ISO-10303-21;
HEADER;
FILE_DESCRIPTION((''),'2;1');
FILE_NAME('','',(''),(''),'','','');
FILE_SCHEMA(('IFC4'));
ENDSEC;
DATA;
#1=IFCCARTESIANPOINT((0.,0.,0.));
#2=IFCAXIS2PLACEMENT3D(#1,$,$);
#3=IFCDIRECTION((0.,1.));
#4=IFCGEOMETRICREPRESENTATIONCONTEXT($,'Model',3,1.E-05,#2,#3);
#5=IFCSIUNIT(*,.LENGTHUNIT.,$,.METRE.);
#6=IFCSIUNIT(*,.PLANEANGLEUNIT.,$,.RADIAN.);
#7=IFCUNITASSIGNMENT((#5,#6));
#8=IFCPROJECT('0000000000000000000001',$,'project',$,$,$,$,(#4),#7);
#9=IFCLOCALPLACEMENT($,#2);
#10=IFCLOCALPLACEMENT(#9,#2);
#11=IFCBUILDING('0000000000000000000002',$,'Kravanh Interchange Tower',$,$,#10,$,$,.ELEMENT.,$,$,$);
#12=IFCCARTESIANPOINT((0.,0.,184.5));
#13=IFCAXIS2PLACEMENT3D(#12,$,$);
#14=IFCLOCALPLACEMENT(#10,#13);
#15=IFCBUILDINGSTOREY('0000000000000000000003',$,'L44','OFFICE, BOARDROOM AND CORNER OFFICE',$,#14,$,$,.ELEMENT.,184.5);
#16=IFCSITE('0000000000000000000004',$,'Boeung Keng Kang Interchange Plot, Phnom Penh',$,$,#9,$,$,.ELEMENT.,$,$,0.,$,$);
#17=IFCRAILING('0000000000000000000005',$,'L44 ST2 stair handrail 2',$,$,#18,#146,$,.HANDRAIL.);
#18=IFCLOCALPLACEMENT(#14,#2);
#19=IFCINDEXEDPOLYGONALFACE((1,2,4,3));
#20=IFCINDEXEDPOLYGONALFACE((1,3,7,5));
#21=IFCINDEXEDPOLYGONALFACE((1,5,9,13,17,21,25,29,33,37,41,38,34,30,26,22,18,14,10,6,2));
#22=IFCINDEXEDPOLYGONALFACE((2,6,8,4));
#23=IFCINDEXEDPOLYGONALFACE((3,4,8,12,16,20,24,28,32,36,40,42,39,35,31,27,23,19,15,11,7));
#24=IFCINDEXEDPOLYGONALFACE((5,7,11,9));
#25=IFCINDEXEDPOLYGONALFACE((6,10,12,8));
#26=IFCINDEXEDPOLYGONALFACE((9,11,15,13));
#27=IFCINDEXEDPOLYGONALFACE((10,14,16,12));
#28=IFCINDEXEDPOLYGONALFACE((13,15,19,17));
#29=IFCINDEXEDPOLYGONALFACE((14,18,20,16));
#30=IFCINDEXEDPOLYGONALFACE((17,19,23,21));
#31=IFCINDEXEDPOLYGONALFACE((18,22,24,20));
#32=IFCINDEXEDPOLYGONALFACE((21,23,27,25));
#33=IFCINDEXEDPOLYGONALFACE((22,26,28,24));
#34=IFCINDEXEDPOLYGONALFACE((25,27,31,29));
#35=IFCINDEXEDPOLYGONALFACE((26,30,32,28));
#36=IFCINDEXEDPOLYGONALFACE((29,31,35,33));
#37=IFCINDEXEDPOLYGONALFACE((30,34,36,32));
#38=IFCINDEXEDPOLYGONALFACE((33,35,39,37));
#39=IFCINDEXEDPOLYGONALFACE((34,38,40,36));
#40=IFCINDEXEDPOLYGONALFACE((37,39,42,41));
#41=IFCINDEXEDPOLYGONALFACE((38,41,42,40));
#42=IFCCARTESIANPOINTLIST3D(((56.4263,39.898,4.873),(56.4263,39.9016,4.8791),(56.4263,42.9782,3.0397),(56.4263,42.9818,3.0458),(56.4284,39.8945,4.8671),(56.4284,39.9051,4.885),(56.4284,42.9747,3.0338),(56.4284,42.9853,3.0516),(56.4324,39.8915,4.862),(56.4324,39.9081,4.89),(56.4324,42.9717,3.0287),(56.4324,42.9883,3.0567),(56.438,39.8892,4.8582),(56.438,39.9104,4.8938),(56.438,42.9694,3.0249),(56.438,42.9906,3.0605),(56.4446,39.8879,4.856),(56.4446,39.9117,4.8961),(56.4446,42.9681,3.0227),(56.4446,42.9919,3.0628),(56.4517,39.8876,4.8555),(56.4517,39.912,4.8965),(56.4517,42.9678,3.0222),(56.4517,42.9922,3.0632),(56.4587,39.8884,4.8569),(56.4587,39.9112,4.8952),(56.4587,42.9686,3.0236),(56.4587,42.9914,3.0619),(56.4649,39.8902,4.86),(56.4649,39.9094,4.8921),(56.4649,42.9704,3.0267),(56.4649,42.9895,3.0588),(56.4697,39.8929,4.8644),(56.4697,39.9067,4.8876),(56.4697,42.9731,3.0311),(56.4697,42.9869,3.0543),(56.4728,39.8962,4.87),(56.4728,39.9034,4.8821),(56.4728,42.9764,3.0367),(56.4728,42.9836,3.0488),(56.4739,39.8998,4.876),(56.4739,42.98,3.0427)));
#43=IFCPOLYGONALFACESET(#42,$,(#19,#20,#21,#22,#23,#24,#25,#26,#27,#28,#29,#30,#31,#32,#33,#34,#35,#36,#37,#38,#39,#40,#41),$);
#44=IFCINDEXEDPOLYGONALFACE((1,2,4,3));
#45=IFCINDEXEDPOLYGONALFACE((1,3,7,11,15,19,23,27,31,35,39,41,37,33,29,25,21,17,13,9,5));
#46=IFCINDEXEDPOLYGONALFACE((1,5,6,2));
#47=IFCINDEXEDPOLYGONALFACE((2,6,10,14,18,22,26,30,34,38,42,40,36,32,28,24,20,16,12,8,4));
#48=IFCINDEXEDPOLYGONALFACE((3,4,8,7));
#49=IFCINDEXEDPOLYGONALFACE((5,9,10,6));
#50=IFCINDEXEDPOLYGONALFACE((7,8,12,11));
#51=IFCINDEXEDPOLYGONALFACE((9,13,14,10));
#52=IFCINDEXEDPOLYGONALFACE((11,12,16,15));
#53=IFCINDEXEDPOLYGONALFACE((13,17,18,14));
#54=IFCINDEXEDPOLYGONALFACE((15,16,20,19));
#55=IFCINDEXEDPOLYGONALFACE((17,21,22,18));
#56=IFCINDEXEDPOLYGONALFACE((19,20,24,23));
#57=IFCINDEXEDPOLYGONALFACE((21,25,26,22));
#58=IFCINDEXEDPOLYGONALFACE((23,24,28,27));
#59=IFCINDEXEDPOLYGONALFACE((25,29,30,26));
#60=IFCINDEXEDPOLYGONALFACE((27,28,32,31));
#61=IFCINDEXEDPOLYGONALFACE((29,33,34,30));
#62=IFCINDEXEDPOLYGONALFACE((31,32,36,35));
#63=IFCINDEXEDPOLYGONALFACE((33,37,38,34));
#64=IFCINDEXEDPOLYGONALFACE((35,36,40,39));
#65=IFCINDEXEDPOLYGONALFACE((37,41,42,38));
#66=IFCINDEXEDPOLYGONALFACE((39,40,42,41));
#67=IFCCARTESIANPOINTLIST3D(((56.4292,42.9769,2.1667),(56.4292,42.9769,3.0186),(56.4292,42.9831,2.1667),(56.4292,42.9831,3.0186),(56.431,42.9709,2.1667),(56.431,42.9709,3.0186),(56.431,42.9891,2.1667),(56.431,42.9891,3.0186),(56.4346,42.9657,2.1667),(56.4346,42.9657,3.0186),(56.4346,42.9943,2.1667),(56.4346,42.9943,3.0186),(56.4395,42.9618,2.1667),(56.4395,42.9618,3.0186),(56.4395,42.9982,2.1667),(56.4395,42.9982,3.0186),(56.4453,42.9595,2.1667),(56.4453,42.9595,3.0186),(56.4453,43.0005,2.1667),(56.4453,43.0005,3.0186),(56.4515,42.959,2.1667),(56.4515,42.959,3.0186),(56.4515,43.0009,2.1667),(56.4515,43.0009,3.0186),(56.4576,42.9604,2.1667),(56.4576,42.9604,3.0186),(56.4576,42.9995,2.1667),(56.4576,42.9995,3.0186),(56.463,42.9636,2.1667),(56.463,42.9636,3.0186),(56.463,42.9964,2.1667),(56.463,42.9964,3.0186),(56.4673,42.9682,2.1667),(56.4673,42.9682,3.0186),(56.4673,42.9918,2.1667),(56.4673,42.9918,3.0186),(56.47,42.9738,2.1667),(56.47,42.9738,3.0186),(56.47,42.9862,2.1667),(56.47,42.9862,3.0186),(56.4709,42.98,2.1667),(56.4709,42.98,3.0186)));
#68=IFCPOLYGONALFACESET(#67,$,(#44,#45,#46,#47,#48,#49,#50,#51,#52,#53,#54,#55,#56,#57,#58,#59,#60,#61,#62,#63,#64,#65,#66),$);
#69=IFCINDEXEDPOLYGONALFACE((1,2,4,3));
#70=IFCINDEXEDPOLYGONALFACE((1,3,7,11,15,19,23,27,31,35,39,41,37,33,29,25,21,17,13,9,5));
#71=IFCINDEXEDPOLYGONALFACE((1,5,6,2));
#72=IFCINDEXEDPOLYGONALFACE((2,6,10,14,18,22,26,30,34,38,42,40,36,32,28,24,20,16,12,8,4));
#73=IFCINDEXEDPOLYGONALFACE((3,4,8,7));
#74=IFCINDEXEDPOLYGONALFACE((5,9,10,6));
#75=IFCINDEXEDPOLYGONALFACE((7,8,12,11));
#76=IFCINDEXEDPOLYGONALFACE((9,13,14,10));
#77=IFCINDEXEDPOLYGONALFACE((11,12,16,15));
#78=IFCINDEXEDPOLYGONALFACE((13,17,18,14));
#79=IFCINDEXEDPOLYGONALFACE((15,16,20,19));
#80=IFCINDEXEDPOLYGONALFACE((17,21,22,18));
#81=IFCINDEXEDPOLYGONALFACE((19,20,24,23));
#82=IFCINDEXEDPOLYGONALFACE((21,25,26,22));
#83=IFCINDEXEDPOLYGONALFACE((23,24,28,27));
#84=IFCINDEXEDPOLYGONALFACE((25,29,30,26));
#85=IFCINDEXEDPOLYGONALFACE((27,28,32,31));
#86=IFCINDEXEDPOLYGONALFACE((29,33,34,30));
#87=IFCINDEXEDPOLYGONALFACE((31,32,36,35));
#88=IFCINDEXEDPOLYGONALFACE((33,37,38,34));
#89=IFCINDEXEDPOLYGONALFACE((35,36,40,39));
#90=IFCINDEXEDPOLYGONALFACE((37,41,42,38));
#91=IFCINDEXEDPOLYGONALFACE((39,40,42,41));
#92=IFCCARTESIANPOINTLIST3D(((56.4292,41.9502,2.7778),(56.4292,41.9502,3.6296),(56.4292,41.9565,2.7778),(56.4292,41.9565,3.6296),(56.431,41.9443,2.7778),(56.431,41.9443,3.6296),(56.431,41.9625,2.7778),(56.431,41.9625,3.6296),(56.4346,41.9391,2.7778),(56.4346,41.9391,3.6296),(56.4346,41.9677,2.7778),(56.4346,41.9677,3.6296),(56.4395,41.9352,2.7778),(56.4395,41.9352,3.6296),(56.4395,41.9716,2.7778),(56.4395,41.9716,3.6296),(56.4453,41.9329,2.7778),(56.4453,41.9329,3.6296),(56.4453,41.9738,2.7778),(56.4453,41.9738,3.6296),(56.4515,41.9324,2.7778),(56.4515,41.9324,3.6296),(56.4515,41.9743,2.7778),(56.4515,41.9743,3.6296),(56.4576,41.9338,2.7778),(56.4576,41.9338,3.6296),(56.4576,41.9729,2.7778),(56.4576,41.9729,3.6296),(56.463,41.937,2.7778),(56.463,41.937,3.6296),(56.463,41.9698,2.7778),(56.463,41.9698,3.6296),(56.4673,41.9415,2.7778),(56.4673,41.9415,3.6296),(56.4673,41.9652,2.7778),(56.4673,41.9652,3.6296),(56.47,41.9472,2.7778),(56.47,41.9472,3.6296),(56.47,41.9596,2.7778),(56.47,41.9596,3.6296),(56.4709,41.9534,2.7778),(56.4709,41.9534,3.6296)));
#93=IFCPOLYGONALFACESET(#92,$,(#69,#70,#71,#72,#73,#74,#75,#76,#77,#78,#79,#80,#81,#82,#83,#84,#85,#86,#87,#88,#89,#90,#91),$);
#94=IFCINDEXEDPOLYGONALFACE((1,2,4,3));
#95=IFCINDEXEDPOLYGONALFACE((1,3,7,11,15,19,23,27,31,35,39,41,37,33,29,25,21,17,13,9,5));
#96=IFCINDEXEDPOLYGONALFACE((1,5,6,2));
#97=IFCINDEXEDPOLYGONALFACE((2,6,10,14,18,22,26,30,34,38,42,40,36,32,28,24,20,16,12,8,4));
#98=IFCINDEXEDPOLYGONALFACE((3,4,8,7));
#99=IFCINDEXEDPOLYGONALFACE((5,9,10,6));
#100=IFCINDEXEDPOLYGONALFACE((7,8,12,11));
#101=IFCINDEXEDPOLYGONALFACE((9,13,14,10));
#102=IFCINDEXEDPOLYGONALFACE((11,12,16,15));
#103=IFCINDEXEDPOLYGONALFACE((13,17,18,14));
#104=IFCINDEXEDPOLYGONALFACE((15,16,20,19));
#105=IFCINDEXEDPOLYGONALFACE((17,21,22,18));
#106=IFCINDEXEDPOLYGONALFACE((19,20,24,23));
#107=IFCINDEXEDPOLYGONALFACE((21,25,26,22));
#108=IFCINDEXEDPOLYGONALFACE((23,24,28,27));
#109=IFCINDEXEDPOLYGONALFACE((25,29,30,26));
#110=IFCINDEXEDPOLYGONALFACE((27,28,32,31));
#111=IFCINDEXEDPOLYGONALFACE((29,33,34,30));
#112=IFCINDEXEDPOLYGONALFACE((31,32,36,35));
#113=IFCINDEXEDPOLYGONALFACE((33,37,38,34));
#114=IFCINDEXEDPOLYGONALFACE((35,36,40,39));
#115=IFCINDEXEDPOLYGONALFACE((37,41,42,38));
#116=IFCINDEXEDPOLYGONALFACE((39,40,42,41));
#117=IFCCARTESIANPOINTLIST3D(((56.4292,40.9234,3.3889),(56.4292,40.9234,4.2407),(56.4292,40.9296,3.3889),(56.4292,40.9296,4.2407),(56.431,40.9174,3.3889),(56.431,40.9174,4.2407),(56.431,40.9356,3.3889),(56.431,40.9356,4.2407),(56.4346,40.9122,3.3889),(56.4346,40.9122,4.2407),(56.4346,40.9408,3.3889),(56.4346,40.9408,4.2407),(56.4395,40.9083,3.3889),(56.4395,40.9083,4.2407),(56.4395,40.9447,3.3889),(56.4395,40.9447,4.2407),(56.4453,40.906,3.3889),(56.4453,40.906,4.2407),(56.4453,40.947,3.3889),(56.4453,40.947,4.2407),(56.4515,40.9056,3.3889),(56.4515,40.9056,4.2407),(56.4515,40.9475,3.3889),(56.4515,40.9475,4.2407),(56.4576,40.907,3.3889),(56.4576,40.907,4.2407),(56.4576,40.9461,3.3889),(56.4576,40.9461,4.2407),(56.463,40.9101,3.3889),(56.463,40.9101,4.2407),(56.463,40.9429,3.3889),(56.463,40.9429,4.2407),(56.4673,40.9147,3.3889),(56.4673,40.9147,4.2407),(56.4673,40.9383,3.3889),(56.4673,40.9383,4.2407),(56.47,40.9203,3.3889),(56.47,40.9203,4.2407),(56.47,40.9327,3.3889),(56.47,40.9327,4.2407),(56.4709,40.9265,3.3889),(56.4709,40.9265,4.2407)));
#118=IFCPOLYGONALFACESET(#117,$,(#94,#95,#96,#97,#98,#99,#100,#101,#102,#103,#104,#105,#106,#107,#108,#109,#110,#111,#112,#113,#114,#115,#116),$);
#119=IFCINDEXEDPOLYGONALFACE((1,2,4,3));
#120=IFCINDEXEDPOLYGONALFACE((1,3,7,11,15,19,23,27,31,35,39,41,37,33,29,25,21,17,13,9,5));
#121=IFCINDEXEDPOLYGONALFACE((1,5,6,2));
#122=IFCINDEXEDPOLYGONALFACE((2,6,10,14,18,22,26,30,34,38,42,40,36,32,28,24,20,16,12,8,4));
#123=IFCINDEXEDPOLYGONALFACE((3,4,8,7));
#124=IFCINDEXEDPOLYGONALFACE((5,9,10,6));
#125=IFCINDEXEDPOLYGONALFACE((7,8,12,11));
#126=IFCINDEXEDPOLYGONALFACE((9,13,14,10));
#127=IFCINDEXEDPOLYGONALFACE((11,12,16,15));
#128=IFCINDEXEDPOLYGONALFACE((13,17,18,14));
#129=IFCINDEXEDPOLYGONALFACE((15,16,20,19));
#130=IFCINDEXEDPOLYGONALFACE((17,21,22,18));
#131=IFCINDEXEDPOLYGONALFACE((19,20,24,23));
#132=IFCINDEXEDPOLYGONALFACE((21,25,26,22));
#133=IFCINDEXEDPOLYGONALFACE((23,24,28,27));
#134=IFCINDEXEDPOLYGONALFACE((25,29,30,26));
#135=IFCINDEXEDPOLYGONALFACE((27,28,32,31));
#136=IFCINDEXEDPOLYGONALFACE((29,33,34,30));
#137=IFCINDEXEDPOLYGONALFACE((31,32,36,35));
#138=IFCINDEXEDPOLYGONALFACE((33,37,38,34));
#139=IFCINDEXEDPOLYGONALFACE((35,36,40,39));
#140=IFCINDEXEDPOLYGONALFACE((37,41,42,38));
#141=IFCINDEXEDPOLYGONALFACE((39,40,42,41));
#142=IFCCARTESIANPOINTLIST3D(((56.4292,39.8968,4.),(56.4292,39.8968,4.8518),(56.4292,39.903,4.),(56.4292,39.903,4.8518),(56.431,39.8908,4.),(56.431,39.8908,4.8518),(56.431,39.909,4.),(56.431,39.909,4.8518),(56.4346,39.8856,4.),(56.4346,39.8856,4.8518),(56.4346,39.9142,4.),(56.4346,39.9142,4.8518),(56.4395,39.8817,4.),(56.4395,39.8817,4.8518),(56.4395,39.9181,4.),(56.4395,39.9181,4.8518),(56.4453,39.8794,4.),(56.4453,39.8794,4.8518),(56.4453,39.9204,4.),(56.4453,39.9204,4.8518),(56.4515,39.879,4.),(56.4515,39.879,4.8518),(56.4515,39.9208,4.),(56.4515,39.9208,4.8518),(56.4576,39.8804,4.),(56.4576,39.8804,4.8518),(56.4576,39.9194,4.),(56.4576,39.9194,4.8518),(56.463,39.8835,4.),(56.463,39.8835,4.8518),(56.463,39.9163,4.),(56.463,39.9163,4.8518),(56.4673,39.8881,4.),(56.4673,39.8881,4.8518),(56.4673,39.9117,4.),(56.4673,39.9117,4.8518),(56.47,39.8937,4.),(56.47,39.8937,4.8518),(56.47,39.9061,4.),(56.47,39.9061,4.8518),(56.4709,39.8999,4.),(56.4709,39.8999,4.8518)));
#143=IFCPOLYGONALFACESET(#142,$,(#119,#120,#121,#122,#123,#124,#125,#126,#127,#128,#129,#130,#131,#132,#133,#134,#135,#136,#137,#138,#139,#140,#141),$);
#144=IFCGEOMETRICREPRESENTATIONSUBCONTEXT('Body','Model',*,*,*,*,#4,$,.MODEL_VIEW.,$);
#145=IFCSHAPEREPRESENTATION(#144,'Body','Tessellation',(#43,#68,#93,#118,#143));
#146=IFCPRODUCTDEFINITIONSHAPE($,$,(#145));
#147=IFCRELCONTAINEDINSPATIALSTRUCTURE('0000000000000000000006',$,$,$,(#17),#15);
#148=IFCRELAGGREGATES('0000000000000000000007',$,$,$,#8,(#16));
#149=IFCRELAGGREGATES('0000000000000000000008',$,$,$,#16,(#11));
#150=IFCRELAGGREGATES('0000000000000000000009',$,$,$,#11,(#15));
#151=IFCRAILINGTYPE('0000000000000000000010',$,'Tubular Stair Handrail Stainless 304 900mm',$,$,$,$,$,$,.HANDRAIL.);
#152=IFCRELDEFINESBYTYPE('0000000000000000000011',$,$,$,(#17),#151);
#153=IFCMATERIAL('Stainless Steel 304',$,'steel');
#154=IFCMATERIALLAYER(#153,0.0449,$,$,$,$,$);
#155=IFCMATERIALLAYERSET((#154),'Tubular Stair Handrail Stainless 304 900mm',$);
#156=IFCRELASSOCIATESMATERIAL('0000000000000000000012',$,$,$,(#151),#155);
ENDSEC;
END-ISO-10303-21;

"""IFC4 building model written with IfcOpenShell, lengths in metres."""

from ifc_helpers import new_model, si_unit, direction, frame, origin, origin_2d, place, context, subcontext, project, spatial, circle, extrude, material, layer, layer_set, type_object, element, save


model = new_model("IFC4")

# Units and contexts
model_context = context("Model", 3, precision=1e-05, world=origin(), true_north=direction((0.0, 1.0)))
body_context = subcontext(model_context, "Body", "Model", "MODEL_VIEW")
ifc_project = project(units=[si_unit("LENGTHUNIT", "METRE"), si_unit("PLANEANGLEUNIT", "RADIAN")], contexts=[model_context])

# Site, building, storey
site_placement = place(None, origin())
site = spatial("IfcSite", under=ifc_project, at=site_placement, Name="Boeung Keng Kang Interchange Plot, Phnom Penh", CompositionType="ELEMENT", RefElevation=0.0)
building_placement = place(site_placement, origin())
building = spatial("IfcBuilding", under=site, at=building_placement, Name="Kravanh Interchange Tower", CompositionType="ELEMENT")
storey_placement = place(building_placement, frame((0.0, 0.0, 184.5)))
storey = spatial("IfcBuildingStorey", under=building, at=storey_placement, Name="L44", Description="OFFICE, BOARDROOM AND CORNER OFFICE", CompositionType="ELEMENT", Elevation=184.5)

# Railing
ifc_material_1 = material(Name="Stainless Steel 304", Category="steel")
ifc_layer_1 = layer(ifc_material_1, 0.0449)
ifc_layer_set_1 = layer_set([ifc_layer_1], Name="Tubular Stair Handrail Stainless 304 900mm")
railing_type_1 = type_object("IfcRailingType", Name="Tubular Stair Handrail Stainless 304 900mm", PredefinedType="HANDRAIL", material=ifc_layer_set_1)
railing_1_placement = place(storey_placement, frame((56.45, 42.98, 2.1667)))
element("IfcRailing", 1, at=railing_1_placement, inside=storey, type_object=railing_type_1, Name="L44 ST2 stair handrail 2", PredefinedType="HANDRAIL", context=body_context, shape_type="SweptSolid", body=[
    extrude(circle(Radius=0.0239, at=origin_2d()), frame((0.0, 0.0, 0.876), z_axis=(0.0, -0.859309, 0.511458), x_axis=(1.0, 0.0, 0.0)), (0.0, 0.0, 1.0), 3.5845),
    extrude(circle(Radius=0.021, at=origin_2d()), origin(), (0.0, 0.0, 1.0), 0.8518),
    extrude(circle(Radius=0.021, at=origin_2d()), frame((0.0, -1.0266, 0.6111)), (0.0, 0.0, 1.0), 0.8518),
    extrude(circle(Radius=0.021, at=origin_2d()), frame((0.0, -2.0535, 1.2222)), (0.0, 0.0, 1.0), 0.8518),
    extrude(circle(Radius=0.021, at=origin_2d()), frame((0.0, -3.0801, 1.8333)), (0.0, 0.0, 1.0), 0.8518),
])

save(model, "model.ifc")
